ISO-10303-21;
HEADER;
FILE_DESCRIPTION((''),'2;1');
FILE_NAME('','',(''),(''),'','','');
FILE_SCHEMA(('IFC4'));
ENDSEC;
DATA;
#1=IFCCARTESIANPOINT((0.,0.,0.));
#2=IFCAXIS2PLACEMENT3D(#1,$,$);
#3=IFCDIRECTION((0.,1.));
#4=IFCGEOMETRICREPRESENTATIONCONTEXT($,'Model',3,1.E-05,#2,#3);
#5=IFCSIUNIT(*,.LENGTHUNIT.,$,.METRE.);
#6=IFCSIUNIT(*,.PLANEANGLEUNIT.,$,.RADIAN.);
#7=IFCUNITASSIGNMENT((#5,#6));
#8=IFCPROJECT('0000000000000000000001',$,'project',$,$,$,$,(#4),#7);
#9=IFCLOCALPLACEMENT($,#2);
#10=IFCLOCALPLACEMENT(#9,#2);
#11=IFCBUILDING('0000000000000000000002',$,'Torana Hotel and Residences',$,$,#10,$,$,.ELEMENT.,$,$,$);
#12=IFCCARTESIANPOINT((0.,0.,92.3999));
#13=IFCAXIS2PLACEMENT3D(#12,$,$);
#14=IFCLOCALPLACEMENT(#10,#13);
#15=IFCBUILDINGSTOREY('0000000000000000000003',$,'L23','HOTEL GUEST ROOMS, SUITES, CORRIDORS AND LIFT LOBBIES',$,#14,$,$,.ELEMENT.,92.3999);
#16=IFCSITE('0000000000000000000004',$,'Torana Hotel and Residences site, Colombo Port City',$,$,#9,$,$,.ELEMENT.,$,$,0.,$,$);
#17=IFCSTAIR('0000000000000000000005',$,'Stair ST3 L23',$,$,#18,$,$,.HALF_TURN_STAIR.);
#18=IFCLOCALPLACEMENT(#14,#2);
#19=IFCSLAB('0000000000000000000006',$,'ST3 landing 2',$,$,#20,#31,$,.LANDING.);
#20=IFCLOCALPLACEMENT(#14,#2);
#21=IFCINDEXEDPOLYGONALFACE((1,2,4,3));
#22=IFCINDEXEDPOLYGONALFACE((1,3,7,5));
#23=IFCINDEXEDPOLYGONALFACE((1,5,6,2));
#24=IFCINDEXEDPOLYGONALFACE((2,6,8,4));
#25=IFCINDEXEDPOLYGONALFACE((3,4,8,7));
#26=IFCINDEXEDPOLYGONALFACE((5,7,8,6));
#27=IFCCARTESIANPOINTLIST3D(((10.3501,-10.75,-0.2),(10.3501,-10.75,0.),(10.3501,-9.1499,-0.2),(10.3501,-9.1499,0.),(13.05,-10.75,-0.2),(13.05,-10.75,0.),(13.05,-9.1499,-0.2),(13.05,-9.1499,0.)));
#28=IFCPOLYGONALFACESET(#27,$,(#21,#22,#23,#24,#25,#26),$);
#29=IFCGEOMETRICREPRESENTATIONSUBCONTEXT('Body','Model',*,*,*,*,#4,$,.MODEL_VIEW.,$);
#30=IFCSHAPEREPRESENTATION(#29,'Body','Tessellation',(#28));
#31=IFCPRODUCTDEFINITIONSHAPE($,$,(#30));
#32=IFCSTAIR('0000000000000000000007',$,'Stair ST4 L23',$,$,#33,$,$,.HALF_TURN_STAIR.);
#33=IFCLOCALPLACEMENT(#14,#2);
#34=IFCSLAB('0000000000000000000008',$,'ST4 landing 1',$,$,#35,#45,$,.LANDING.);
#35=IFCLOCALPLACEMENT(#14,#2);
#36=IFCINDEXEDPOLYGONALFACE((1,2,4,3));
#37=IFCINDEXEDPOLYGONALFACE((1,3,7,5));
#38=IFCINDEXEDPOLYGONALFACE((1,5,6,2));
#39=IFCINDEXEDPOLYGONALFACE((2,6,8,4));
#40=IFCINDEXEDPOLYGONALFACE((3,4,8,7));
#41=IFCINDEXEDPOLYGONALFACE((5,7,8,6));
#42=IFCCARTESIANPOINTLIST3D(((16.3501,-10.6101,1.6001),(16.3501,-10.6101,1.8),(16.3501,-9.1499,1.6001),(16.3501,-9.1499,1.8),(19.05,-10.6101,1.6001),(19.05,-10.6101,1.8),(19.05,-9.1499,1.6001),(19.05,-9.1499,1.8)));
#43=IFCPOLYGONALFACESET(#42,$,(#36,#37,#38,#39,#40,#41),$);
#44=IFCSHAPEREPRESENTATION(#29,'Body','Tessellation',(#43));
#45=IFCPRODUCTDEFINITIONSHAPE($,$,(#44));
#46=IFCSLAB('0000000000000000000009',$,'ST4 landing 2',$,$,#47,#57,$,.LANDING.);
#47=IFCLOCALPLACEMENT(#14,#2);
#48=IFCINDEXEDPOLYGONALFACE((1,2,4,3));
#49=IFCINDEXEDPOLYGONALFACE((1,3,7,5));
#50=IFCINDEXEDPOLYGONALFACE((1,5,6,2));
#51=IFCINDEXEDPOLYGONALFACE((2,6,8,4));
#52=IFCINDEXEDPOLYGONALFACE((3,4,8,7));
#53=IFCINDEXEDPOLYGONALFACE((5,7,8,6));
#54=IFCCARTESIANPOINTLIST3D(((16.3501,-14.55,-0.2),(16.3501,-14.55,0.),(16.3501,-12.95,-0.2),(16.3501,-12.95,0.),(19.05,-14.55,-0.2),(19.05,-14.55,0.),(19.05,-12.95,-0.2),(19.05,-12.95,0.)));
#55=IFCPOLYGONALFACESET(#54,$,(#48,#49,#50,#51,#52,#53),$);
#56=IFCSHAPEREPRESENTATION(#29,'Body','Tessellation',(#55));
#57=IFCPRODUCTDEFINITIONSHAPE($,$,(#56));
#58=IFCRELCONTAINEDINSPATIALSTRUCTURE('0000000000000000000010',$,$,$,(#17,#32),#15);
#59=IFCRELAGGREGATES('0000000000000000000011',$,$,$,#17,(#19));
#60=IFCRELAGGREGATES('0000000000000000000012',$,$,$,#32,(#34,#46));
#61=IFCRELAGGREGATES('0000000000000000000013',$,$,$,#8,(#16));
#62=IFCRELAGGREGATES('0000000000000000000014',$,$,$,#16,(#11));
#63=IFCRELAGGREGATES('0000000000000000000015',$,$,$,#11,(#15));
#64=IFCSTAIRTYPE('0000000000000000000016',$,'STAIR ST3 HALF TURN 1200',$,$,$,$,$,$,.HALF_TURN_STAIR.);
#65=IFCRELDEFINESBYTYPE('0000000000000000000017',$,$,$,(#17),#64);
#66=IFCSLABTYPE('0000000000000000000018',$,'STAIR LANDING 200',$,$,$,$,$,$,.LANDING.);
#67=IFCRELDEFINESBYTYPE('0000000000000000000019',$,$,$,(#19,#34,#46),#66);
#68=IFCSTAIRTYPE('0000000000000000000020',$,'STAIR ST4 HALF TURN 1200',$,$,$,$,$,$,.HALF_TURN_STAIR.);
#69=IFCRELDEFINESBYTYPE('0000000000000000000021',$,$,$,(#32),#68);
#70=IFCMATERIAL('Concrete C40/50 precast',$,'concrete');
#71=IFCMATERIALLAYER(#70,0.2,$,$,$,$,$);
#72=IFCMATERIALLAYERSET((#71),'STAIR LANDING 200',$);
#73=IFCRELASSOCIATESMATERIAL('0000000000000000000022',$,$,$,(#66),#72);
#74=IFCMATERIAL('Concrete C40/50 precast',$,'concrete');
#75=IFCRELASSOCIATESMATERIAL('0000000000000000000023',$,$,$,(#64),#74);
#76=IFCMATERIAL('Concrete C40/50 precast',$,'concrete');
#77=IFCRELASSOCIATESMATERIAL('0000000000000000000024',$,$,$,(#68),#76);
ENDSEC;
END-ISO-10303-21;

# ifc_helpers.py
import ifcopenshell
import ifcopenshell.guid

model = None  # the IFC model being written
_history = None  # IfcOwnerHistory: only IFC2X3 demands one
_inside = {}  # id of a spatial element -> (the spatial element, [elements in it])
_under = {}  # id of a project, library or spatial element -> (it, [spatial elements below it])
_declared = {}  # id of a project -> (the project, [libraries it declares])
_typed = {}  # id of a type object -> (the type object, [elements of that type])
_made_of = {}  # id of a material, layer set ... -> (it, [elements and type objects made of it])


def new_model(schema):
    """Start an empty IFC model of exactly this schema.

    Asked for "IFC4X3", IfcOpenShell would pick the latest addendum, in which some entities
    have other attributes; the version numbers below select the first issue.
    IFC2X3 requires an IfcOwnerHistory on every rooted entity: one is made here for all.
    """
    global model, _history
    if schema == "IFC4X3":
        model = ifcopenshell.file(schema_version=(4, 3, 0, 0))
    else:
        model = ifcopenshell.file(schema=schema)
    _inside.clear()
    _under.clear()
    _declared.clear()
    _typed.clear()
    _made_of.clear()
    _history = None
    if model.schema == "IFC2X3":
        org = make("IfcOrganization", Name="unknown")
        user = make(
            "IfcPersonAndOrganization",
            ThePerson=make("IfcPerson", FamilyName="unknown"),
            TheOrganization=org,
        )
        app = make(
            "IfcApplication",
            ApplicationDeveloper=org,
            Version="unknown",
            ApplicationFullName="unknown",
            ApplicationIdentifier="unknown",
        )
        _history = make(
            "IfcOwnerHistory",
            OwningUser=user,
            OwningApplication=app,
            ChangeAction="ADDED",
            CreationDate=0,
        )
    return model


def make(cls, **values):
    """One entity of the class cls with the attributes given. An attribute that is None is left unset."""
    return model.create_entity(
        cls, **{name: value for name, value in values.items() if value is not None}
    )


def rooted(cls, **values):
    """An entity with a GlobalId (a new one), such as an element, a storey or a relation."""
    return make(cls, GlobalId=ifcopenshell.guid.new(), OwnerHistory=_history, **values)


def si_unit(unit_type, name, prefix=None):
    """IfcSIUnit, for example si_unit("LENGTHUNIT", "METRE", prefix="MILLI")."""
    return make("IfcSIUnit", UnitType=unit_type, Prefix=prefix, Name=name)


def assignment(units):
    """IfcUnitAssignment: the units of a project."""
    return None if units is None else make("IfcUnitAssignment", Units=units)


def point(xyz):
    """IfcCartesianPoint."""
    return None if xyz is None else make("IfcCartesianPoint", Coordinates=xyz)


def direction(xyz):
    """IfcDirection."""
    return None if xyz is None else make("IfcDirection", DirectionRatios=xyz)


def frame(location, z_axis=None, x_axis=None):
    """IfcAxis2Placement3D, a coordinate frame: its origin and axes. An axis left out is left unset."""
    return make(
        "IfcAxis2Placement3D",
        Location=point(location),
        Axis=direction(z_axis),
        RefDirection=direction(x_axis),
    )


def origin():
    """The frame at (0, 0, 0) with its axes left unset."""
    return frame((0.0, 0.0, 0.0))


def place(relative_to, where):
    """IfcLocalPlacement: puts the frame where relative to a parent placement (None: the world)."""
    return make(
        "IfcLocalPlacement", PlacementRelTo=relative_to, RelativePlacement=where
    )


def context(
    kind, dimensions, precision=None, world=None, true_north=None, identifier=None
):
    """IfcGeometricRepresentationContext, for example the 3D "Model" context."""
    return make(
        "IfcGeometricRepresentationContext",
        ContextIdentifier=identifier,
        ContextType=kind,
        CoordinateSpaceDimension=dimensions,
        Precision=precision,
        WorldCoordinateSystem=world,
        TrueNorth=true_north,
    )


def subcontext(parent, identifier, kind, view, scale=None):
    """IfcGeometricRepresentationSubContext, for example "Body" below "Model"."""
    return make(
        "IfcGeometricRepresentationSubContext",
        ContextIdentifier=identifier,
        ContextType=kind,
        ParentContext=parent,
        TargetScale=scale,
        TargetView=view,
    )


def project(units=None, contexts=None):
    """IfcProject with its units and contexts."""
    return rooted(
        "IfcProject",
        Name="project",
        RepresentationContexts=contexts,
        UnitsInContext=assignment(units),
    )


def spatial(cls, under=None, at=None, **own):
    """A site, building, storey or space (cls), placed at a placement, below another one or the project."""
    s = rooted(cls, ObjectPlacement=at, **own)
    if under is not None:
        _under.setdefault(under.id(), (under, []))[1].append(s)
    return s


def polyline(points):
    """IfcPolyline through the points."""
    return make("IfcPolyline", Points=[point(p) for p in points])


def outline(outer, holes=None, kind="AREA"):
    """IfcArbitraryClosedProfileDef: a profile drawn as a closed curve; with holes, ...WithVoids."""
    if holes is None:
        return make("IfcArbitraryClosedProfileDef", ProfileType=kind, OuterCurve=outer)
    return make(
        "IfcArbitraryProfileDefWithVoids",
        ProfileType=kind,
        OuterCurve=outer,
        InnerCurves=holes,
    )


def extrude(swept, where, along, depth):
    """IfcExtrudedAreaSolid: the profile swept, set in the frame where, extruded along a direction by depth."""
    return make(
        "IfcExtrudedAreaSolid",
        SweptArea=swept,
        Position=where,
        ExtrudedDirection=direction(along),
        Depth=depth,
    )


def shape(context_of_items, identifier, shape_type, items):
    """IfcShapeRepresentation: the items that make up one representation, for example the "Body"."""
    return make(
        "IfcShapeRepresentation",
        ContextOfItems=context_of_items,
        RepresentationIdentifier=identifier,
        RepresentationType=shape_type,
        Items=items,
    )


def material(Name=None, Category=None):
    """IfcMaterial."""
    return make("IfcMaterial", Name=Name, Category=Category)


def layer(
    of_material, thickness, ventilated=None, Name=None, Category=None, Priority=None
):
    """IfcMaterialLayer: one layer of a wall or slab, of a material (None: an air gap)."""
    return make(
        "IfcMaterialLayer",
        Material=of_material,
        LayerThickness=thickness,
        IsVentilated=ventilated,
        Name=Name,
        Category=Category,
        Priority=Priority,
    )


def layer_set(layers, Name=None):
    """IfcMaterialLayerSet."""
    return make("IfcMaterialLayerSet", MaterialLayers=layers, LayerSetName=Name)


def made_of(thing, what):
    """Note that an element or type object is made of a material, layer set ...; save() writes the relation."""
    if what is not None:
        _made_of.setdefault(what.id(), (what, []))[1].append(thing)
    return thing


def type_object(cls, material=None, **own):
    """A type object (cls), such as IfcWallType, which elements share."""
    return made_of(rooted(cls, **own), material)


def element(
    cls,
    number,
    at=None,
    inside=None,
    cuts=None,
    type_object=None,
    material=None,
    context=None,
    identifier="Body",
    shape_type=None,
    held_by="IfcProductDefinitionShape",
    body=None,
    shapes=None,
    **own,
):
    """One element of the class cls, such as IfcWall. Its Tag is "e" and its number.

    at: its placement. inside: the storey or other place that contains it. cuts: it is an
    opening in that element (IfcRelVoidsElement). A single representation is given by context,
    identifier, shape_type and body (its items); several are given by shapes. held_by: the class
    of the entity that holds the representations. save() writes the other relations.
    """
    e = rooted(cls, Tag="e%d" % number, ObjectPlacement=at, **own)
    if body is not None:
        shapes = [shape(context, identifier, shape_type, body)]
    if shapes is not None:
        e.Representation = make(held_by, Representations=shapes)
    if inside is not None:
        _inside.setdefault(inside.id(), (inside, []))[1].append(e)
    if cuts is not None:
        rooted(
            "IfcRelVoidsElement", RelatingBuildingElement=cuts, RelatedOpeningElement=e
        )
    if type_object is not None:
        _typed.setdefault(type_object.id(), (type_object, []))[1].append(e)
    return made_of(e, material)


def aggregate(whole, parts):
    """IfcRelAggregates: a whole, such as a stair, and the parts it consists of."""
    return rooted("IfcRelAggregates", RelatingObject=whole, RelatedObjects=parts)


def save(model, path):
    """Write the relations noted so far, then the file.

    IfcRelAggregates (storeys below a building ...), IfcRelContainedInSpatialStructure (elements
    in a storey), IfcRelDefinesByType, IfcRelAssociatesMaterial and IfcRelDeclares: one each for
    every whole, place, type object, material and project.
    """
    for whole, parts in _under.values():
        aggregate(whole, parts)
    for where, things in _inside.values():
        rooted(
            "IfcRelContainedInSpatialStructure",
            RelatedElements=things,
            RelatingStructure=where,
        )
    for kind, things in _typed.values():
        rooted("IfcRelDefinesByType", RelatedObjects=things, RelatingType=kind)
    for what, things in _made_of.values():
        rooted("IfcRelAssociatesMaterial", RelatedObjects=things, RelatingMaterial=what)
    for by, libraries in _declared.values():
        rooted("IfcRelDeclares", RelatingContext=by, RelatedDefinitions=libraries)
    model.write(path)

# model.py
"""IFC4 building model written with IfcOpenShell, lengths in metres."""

from ifc_helpers import new_model, si_unit, direction, frame, origin, place, context, subcontext, project, spatial, polyline, outline, extrude, material, layer, layer_set, type_object, element, aggregate, save


model = new_model("IFC4")

# Units and contexts
model_context = context("Model", 3, precision=1e-05, world=origin(), true_north=direction((0.0, 1.0)))
body_context = subcontext(model_context, "Body", "Model", "MODEL_VIEW")
ifc_project = project(units=[si_unit("LENGTHUNIT", "METRE"), si_unit("PLANEANGLEUNIT", "RADIAN")], contexts=[model_context])

# Site, building, storey
site_placement = place(None, origin())
site = spatial("IfcSite", under=ifc_project, at=site_placement, Name="Torana Hotel and Residences site, Colombo Port City", CompositionType="ELEMENT", RefElevation=0.0)
building_placement = place(site_placement, origin())
building = spatial("IfcBuilding", under=site, at=building_placement, Name="Torana Hotel and Residences", CompositionType="ELEMENT")
storey_placement = place(building_placement, frame((0.0, 0.0, 92.3999)))
storey = spatial("IfcBuildingStorey", under=building, at=storey_placement, Name="L23", Description="HOTEL GUEST ROOMS, SUITES, CORRIDORS AND LIFT LOBBIES", CompositionType="ELEMENT", Elevation=92.3999)

# Stairs, slabs
ifc_material_1 = material(Name="Concrete C40/50 precast", Category="concrete")
ifc_layer_1 = layer(ifc_material_1, 0.2)
ifc_layer_set_1 = layer_set([ifc_layer_1], Name="STAIR LANDING 200")
slab_type_1 = type_object("IfcSlabType", Name="STAIR LANDING 200", PredefinedType="LANDING", material=ifc_layer_set_1)
ifc_material_2 = material(Name="Concrete C40/50 precast", Category="concrete")
stair_type_1 = type_object("IfcStairType", Name="STAIR ST3 HALF TURN 1200", PredefinedType="HALF_TURN_STAIR", material=ifc_material_2)
stair_1_placement = place(storey_placement, origin())
stair_1 = element("IfcStair", 1, at=stair_1_placement, inside=storey, type_object=stair_type_1, Name="Stair ST3 L23", PredefinedType="HALF_TURN_STAIR")
slab_1_placement = place(storey_placement, frame((0.0, 0.0, -0.2)))
slab_1 = element("IfcSlab", 2, at=slab_1_placement, type_object=slab_type_1, Name="ST3 landing 2", PredefinedType="LANDING", context=body_context, shape_type="SweptSolid", body=[
    extrude(outline(polyline([(10.3501, -10.75), (13.05, -10.75), (13.05, -9.1499), (10.3501, -9.1499), (10.3501, -10.75)])), origin(), (0.0, 0.0, 1.0), 0.2),
])
aggregate(stair_1, [slab_1])
ifc_material_3 = material(Name="Concrete C40/50 precast", Category="concrete")
stair_type_2 = type_object("IfcStairType", Name="STAIR ST4 HALF TURN 1200", PredefinedType="HALF_TURN_STAIR", material=ifc_material_3)
stair_2_placement = place(storey_placement, origin())
stair_2 = element("IfcStair", 3, at=stair_2_placement, inside=storey, type_object=stair_type_2, Name="Stair ST4 L23", PredefinedType="HALF_TURN_STAIR")
slab_2_placement = place(storey_placement, frame((0.0, 0.0, 1.6001)))
slab_2 = element("IfcSlab", 4, at=slab_2_placement, type_object=slab_type_1, Name="ST4 landing 1", PredefinedType="LANDING", context=body_context, shape_type="SweptSolid", body=[
    extrude(outline(polyline([(16.3501, -10.6101), (19.05, -10.6101), (19.05, -9.1499), (16.3501, -9.1499), (16.3501, -10.6101)])), origin(), (0.0, 0.0, 1.0), 0.2),
])
slab_3_placement = place(storey_placement, frame((0.0, 0.0, -0.2)))
slab_3 = element("IfcSlab", 5, at=slab_3_placement, type_object=slab_type_1, Name="ST4 landing 2", PredefinedType="LANDING", context=body_context, shape_type="SweptSolid", body=[
    extrude(outline(polyline([(16.3501, -14.55), (19.05, -14.55), (19.05, -12.95), (16.3501, -12.95), (16.3501, -14.55)])), origin(), (0.0, 0.0, 1.0), 0.2),
])
aggregate(stair_2, [slab_2, slab_3])

save(model, "model.ifc")
